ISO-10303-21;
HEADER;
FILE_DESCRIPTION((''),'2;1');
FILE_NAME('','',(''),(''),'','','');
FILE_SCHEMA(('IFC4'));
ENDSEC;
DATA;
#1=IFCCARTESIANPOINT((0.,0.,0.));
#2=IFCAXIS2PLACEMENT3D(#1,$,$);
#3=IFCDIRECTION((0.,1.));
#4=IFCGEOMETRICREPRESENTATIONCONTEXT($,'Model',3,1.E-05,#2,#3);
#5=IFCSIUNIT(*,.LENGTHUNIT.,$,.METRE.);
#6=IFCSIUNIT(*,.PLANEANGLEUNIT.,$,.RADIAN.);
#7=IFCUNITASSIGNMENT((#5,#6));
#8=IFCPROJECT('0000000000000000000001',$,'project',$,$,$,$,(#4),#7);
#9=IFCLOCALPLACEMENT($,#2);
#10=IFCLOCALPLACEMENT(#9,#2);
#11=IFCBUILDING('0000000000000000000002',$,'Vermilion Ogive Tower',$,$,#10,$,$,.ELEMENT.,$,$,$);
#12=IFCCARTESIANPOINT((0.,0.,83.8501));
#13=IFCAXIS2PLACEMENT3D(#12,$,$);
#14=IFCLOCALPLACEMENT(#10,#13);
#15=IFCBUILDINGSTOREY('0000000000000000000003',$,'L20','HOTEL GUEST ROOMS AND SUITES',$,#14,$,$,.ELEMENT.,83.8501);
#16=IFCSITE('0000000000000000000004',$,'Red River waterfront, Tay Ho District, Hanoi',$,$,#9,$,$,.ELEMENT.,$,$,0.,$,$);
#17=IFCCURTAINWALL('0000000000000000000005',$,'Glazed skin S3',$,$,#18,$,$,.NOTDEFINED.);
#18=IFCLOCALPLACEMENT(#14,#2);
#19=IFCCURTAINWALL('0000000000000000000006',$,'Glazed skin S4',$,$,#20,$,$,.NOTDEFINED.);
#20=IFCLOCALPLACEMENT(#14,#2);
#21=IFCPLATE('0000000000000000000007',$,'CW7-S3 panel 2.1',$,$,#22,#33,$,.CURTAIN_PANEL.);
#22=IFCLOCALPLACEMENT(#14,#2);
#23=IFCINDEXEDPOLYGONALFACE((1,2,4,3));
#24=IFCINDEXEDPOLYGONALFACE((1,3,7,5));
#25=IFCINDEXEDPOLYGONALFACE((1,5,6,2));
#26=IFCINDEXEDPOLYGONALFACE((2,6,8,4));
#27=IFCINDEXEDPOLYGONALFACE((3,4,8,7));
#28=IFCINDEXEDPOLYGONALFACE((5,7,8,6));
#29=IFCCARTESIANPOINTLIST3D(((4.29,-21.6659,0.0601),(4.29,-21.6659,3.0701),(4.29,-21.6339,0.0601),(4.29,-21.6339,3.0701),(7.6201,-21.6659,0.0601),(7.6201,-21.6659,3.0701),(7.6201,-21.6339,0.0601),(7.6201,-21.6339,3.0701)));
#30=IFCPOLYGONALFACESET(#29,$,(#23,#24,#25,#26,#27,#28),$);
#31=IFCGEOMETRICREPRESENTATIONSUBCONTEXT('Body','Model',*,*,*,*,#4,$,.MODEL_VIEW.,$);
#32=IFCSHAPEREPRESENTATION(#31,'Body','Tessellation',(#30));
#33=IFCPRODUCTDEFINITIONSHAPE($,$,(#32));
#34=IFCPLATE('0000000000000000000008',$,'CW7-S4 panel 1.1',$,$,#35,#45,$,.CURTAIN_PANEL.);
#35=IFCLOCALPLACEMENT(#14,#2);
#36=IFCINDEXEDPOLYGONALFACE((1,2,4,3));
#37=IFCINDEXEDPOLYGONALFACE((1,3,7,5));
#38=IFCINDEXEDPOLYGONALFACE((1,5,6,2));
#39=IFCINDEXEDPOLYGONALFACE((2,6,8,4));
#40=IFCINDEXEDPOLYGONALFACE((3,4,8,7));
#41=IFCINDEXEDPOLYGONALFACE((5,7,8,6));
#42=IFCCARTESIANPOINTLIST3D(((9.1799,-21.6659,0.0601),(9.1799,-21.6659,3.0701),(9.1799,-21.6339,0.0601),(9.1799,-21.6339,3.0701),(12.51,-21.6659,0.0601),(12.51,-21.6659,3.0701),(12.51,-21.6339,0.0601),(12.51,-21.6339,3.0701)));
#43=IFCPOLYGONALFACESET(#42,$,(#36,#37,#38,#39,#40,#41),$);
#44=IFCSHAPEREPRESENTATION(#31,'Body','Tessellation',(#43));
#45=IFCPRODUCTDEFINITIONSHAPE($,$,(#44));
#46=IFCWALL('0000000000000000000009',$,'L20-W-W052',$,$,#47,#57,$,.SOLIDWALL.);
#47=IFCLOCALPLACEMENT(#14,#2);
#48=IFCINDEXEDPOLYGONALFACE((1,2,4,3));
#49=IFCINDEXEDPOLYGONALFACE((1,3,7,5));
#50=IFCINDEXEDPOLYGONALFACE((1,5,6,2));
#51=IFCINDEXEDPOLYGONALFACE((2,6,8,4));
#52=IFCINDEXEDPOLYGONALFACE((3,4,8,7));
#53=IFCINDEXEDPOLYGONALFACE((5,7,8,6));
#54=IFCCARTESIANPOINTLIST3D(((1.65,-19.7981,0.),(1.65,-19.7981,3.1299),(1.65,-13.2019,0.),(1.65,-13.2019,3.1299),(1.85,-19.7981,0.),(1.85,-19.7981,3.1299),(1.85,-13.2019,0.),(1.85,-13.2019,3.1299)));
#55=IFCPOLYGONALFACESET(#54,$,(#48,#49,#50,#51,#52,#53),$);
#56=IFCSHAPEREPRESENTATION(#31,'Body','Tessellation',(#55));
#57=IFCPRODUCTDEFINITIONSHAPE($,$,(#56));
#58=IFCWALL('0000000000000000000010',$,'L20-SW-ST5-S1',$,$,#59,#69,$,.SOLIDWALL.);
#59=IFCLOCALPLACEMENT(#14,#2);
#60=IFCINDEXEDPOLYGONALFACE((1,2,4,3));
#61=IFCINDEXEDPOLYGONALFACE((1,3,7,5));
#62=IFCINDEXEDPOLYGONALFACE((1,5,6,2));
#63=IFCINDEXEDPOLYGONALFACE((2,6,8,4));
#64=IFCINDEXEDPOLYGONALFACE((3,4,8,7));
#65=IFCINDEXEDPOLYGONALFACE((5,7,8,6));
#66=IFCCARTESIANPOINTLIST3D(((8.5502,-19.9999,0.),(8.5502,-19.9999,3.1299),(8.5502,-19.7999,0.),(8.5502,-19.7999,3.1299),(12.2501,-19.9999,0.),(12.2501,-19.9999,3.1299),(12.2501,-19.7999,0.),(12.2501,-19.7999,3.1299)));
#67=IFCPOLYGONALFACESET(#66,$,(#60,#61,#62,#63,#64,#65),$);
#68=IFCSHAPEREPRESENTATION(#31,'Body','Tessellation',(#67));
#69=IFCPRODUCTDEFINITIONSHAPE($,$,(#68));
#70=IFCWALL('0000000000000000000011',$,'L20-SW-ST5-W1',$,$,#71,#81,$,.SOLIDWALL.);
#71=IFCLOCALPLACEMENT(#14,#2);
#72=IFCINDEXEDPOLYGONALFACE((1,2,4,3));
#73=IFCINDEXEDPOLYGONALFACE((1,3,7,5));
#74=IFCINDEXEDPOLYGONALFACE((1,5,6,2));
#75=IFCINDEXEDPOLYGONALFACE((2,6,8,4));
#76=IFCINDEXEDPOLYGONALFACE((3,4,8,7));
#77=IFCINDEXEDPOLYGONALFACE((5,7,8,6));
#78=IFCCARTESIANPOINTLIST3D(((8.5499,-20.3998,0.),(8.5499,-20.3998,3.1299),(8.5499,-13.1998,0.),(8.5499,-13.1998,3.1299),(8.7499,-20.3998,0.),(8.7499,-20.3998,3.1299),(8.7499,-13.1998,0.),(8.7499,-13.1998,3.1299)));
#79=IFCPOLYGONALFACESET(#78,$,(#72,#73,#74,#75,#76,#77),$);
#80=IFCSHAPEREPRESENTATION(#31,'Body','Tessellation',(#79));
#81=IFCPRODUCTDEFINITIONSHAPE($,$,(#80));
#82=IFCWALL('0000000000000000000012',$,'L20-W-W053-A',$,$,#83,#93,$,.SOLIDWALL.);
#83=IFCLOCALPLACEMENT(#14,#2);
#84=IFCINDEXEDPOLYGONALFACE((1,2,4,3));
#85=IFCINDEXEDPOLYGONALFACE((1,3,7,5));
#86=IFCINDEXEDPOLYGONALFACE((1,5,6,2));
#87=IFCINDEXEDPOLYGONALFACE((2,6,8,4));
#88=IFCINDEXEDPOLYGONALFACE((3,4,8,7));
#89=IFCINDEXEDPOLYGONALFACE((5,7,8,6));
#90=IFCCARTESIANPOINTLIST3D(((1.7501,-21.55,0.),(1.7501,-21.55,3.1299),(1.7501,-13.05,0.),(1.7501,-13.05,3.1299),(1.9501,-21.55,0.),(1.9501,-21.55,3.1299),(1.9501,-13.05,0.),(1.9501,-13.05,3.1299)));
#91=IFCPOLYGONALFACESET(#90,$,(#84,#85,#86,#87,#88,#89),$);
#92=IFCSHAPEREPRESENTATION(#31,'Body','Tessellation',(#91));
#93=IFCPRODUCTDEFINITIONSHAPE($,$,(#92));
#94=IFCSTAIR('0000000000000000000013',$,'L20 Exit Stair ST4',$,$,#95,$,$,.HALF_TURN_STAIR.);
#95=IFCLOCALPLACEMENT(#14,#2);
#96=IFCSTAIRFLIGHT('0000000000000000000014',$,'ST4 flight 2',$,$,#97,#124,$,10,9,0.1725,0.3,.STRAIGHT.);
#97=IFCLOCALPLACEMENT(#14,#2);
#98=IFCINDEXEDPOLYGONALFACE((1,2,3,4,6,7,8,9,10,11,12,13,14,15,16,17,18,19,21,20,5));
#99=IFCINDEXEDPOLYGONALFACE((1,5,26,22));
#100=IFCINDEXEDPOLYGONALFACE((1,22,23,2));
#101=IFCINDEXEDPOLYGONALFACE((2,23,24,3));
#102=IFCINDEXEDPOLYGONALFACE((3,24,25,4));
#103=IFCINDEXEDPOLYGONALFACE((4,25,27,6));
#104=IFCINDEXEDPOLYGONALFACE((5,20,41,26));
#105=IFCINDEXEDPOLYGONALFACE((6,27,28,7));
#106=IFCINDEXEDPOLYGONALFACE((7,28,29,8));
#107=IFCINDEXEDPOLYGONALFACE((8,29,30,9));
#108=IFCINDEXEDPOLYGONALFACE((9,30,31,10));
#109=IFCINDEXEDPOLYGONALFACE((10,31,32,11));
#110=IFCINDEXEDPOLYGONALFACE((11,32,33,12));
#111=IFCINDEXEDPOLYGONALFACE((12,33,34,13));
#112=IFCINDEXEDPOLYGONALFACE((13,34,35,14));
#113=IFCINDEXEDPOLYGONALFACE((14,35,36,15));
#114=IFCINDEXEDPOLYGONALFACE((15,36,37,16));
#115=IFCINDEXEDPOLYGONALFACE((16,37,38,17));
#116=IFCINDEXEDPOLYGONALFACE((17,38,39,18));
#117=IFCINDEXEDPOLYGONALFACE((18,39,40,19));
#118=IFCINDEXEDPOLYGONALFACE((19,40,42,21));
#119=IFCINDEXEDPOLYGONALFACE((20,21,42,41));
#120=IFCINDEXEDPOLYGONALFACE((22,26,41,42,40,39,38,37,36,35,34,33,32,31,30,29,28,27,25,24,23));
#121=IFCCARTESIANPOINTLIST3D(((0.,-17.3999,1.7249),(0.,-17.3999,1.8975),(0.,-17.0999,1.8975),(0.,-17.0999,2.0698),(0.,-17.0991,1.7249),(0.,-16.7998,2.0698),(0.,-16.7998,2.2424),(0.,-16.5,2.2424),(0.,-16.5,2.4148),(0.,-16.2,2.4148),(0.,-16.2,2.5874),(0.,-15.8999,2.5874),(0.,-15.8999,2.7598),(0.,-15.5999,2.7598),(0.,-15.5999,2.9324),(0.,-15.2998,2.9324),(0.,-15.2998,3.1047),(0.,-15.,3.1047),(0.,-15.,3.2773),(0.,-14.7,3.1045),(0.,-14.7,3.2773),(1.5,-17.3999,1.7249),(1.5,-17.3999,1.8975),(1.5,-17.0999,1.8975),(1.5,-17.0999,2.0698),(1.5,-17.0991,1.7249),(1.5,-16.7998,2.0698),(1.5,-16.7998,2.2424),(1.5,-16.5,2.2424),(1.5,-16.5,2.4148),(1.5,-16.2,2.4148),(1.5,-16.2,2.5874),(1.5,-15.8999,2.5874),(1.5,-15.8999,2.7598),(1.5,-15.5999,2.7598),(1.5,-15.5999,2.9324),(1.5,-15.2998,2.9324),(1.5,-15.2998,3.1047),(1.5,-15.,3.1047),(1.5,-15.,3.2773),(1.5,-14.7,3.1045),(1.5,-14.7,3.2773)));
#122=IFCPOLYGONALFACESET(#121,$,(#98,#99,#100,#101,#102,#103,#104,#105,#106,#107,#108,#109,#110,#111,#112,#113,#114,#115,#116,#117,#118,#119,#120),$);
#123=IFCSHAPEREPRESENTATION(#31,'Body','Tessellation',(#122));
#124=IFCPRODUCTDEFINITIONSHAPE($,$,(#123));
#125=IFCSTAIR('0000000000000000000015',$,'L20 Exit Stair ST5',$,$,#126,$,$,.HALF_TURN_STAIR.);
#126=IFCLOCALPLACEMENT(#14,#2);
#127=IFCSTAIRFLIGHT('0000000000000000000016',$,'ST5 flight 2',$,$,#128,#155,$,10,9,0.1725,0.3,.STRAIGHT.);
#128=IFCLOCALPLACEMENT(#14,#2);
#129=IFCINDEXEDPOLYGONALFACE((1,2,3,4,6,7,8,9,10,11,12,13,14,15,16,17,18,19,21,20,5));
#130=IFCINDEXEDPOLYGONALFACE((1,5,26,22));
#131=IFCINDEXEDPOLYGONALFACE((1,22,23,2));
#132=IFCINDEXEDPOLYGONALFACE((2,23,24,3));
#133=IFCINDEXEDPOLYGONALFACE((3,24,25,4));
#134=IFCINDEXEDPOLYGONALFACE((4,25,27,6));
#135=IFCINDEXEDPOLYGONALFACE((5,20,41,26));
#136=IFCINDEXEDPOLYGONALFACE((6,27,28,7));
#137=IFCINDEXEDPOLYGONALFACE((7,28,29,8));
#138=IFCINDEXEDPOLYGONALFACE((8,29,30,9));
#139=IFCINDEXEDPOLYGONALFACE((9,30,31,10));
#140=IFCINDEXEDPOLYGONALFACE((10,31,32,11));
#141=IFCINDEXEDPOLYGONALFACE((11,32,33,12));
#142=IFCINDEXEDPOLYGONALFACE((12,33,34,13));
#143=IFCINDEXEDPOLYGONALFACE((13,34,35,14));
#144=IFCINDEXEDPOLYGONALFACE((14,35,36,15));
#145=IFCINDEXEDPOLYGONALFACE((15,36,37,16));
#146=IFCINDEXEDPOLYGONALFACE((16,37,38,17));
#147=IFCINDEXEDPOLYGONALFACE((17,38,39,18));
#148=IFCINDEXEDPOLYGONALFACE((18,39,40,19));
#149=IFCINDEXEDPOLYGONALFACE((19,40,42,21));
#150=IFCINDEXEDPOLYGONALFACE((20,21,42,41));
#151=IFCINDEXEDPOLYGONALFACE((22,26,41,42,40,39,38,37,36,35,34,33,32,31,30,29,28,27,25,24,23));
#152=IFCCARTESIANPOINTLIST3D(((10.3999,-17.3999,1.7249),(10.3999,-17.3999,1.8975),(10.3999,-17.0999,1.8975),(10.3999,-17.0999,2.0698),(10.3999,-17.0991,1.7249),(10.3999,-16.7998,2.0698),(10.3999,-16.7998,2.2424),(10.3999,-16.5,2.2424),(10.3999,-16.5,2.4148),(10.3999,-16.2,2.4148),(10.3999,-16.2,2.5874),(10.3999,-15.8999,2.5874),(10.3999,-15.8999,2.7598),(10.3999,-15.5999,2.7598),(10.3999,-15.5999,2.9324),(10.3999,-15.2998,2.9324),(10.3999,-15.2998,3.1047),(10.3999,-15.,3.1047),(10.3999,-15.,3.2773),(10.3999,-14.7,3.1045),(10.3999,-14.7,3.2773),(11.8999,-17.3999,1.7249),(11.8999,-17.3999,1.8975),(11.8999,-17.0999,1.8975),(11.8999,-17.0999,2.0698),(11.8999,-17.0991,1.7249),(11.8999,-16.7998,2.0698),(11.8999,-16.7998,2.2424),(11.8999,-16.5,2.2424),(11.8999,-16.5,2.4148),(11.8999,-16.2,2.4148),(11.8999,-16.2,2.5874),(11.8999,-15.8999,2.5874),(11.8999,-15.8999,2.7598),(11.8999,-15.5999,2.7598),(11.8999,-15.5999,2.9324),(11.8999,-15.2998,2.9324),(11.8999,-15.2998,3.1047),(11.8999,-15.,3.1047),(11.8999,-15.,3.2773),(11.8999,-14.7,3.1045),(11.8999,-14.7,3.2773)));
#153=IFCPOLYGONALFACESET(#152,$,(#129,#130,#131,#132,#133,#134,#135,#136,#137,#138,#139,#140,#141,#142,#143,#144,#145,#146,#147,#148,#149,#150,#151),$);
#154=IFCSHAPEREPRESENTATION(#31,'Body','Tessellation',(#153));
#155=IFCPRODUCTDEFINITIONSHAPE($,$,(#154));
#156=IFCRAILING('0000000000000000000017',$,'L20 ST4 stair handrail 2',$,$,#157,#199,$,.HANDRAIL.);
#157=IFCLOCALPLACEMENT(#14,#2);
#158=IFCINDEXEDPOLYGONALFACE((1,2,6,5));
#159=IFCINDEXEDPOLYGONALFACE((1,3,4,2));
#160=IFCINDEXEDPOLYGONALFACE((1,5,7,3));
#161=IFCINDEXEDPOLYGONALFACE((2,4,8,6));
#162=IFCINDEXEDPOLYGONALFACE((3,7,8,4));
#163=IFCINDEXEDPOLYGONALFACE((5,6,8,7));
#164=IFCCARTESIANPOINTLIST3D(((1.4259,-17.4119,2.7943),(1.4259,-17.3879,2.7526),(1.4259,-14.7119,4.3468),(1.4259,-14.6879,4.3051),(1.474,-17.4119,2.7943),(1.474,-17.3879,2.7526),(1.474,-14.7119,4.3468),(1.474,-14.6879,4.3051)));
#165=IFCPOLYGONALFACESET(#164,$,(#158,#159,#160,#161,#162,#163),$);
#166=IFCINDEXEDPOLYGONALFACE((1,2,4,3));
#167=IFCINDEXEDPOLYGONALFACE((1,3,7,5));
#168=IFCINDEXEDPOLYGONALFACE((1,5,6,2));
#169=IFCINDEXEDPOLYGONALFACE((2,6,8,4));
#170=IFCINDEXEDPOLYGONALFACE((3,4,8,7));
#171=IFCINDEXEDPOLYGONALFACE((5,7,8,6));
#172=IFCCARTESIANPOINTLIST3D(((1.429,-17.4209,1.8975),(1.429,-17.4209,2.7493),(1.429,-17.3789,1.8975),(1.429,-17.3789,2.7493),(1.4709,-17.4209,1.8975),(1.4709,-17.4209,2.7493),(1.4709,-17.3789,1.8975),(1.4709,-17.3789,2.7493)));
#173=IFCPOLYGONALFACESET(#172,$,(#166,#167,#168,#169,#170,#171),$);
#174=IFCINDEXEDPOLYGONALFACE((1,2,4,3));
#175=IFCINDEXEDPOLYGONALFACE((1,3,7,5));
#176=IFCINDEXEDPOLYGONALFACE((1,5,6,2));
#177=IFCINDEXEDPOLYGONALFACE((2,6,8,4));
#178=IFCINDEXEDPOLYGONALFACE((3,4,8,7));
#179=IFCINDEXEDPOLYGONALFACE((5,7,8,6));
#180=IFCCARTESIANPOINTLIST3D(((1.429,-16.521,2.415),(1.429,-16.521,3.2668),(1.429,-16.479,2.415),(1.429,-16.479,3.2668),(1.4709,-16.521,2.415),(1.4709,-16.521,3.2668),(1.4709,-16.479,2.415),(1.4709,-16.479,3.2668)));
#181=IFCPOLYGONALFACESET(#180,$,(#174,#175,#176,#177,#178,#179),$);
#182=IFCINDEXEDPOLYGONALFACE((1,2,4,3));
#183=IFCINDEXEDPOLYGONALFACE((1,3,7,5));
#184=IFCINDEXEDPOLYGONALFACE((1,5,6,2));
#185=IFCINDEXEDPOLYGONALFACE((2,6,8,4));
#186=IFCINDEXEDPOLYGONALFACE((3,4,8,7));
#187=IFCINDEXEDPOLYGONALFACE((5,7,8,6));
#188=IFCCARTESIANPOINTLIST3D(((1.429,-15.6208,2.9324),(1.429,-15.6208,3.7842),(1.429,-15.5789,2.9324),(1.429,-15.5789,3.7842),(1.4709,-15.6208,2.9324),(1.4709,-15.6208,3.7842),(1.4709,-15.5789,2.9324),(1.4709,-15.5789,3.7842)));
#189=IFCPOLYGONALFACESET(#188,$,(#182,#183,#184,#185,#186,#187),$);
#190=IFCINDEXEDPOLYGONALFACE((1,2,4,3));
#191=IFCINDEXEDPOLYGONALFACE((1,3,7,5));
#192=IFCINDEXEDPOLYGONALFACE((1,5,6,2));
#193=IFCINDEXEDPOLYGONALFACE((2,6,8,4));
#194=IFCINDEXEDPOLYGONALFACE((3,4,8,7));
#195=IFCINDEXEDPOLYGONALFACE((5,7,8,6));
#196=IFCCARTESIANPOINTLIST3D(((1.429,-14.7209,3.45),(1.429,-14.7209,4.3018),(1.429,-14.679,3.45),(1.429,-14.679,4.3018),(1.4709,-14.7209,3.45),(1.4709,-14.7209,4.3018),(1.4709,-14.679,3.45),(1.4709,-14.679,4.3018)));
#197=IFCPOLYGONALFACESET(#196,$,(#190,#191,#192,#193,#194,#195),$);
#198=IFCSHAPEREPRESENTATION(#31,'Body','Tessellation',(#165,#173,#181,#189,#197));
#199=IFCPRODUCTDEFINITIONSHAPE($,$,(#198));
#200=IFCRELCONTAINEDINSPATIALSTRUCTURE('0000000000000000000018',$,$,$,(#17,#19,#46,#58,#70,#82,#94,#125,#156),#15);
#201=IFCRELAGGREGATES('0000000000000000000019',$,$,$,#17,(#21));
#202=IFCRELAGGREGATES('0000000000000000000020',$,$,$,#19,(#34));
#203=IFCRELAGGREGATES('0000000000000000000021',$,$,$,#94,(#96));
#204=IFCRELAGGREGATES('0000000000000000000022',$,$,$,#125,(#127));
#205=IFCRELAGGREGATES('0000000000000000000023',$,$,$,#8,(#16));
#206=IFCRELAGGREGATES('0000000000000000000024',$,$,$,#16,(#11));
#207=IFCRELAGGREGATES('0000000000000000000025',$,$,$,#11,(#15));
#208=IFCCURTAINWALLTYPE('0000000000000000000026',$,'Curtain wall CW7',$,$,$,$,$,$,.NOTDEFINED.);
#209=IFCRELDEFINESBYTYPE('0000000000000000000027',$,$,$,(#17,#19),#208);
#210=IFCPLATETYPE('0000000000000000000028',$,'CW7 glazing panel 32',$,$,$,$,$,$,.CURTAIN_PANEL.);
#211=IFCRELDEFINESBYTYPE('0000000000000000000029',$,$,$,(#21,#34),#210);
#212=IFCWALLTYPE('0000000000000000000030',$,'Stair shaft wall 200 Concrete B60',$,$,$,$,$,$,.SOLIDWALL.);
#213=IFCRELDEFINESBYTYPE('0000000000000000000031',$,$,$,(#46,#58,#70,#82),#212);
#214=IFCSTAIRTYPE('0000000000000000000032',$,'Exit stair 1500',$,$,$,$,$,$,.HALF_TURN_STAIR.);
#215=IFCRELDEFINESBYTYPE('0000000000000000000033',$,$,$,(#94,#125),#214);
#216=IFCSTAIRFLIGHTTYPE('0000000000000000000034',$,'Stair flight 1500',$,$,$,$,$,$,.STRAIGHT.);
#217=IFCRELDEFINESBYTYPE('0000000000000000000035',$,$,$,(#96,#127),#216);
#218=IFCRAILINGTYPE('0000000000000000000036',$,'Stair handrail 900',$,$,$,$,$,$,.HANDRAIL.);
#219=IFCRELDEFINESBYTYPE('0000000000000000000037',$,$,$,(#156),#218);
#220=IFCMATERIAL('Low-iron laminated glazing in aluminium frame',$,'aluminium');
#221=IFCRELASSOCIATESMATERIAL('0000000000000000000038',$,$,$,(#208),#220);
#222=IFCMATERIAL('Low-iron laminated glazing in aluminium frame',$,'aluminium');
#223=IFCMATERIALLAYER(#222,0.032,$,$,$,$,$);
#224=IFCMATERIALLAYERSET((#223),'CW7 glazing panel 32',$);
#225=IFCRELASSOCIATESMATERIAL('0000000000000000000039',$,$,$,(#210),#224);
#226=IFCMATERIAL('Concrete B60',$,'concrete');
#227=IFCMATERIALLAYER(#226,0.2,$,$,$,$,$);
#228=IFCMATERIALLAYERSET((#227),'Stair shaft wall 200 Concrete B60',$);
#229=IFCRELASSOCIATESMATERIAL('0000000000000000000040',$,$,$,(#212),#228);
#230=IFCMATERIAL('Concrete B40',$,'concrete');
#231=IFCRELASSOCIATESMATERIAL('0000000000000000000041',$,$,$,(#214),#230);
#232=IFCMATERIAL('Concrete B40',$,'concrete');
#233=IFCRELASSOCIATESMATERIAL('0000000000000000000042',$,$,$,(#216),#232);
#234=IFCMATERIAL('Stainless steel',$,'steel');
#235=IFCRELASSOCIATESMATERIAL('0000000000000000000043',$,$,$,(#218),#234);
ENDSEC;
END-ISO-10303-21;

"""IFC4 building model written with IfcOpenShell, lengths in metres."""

from ifc_helpers import new_model, si_unit, direction, frame, frame_2d, origin, origin_2d, place, context, subcontext, project, spatial, polyline, rectangle, outline, extrude, material, layer, layer_set, type_object, element, aggregate, save


model = new_model("IFC4")

# Units and contexts
model_context = context("Model", 3, precision=1e-05, world=origin(), true_north=direction((0.0, 1.0)))
body_context = subcontext(model_context, "Body", "Model", "MODEL_VIEW")
ifc_project = project(units=[si_unit("LENGTHUNIT", "METRE"), si_unit("PLANEANGLEUNIT", "RADIAN")], contexts=[model_context])

# Site, building, storey
site_placement = place(None, origin())
site = spatial("IfcSite", under=ifc_project, at=site_placement, Name="Red River waterfront, Tay Ho District, Hanoi", CompositionType="ELEMENT", RefElevation=0.0)
building_placement = place(site_placement, origin())
building = spatial("IfcBuilding", under=site, at=building_placement, Name="Vermilion Ogive Tower", CompositionType="ELEMENT")
storey_placement = place(building_placement, frame((0.0, 0.0, 83.8501)))
storey = spatial("IfcBuildingStorey", under=building, at=storey_placement, Name="L20", Description="HOTEL GUEST ROOMS AND SUITES", CompositionType="ELEMENT", Elevation=83.8501)

# Curtain wall
ifc_material_1 = material(Name="Low-iron laminated glazing in aluminium frame", Category="aluminium")
curtain_wall_type = type_object("IfcCurtainWallType", Name="Curtain wall CW7", PredefinedType="NOTDEFINED", material=ifc_material_1)
curtain_wall_1_placement = place(storey_placement, origin())
curtain_wall_1 = element("IfcCurtainWall", 1, at=curtain_wall_1_placement, inside=storey, type_object=curtain_wall_type, Name="Glazed skin S3", PredefinedType="NOTDEFINED")

# Curtain wall
curtain_wall_2_placement = place(storey_placement, origin())
curtain_wall_2 = element("IfcCurtainWall", 2, at=curtain_wall_2_placement, inside=storey, type_object=curtain_wall_type, Name="Glazed skin S4", PredefinedType="NOTDEFINED")

# Plates
ifc_material_2 = material(Name="Low-iron laminated glazing in aluminium frame", Category="aluminium")
ifc_layer_1 = layer(ifc_material_2, 0.032)
ifc_layer_set_1 = layer_set([ifc_layer_1], Name="CW7 glazing panel 32")
plate_type = type_object("IfcPlateType", Name="CW7 glazing panel 32", PredefinedType="CURTAIN_PANEL", material=ifc_layer_set_1)
plate_1_placement = place(storey_placement, frame((5.9551, -21.6499, 0.0601), z_axis=(0.0, 0.0, 1.0), x_axis=(1.0, 0.0, 0.0)))
plate_1 = element("IfcPlate", 3, at=plate_1_placement, type_object=plate_type, Name="CW7-S3 panel 2.1", PredefinedType="CURTAIN_PANEL", context=body_context, shape_type="SweptSolid", body=[
    extrude(rectangle(XDim=3.3301, YDim=0.032, at=origin_2d()), origin(), (0.0, 0.0, 1.0), 3.01),
])
aggregate(curtain_wall_1, [plate_1])
plate_2_placement = place(storey_placement, frame((10.845, -21.6499, 0.0601), z_axis=(0.0, 0.0, 1.0), x_axis=(1.0, 0.0, 0.0)))
plate_2 = element("IfcPlate", 4, at=plate_2_placement, type_object=plate_type, Name="CW7-S4 panel 1.1", PredefinedType="CURTAIN_PANEL", context=body_context, shape_type="SweptSolid", body=[
    extrude(rectangle(XDim=3.3301, YDim=0.032, at=origin_2d()), origin(), (0.0, 0.0, 1.0), 3.01),
])
aggregate(curtain_wall_2, [plate_2])

# Walls
ifc_material_3 = material(Name="Concrete B60", Category="concrete")
ifc_layer_2 = layer(ifc_material_3, 0.2)
ifc_layer_set_2 = layer_set([ifc_layer_2], Name="Stair shaft wall 200 Concrete B60")
wall_type = type_object("IfcWallType", Name="Stair shaft wall 200 Concrete B60", PredefinedType="SOLIDWALL", material=ifc_layer_set_2)
wall_1_placement = place(storey_placement, frame((1.75, -19.7981, 0.0), z_axis=(0.0, 0.0, 1.0), x_axis=(0.0, 1.0, 0.0)))
element("IfcWall", 5, at=wall_1_placement, inside=storey, type_object=wall_type, Name="L20-W-W052", PredefinedType="SOLIDWALL", context=body_context, shape_type="SweptSolid", body=[
    extrude(rectangle(XDim=6.5962, YDim=0.2, at=frame_2d((3.2981, 0.0))), origin(), (0.0, 0.0, 1.0), 3.1299),
])
wall_2_placement = place(storey_placement, frame((8.55, -19.8999, 0.0), z_axis=(0.0, 0.0, 1.0), x_axis=(1.0, 0.0, 0.0)))
element("IfcWall", 6, at=wall_2_placement, inside=storey, type_object=wall_type, Name="L20-SW-ST5-S1", PredefinedType="SOLIDWALL", context=body_context, shape_type="SweptSolid", body=[
    extrude(rectangle(XDim=3.7, YDim=0.2, at=frame_2d((1.8501, 0.0))), origin(), (0.0, 0.0, 1.0), 3.1299),
])
wall_3_placement = place(storey_placement, frame((8.6499, -20.3999, 0.0), z_axis=(0.0, 0.0, 1.0), x_axis=(0.0, 1.0, 0.0)))
element("IfcWall", 7, at=wall_3_placement, inside=storey, type_object=wall_type, Name="L20-SW-ST5-W1", PredefinedType="SOLIDWALL", context=body_context, shape_type="SweptSolid", body=[
    extrude(rectangle(XDim=7.2, YDim=0.2, at=frame_2d((3.6001, 0.0))), origin(), (0.0, 0.0, 1.0), 3.1299),
])
wall_4_placement = place(storey_placement, frame((1.8501, -21.55, 0.0), z_axis=(0.0, 0.0, 1.0), x_axis=(0.0, 1.0, 0.0)))
element("IfcWall", 8, at=wall_4_placement, inside=storey, type_object=wall_type, Name="L20-W-W053-A", PredefinedType="SOLIDWALL", context=body_context, shape_type="SweptSolid", body=[
    extrude(rectangle(XDim=8.5, YDim=0.2, at=frame_2d((4.25, 0.0))), origin(), (0.0, 0.0, 1.0), 3.1299),
])

# Stairs, stair flights
ifc_material_4 = material(Name="Concrete B40", Category="concrete")
stair_type = type_object("IfcStairType", Name="Exit stair 1500", PredefinedType="HALF_TURN_STAIR", material=ifc_material_4)
stair_1_placement = place(storey_placement, origin())
stair_1 = element("IfcStair", 9, at=stair_1_placement, inside=storey, type_object=stair_type, Name="L20 Exit Stair ST4", PredefinedType="HALF_TURN_STAIR")
ifc_material_5 = material(Name="Concrete B40", Category="concrete")
stair_flight_type = type_object("IfcStairFlightType", Name="Stair flight 1500", PredefinedType="STRAIGHT", material=ifc_material_5)
stair_flight_1_placement = place(storey_placement, frame((0.75, -17.3999, 1.7249), z_axis=(0.0, 0.0, 1.0), x_axis=(0.0, 1.0, 0.0)))
stair_flight_1 = element("IfcStairFlight", 10, at=stair_flight_1_placement, type_object=stair_flight_type, Name="ST4 flight 2", NumberOfRisers=10, NumberOfTreads=9, PredefinedType="STRAIGHT", RiserHeight=0.1725, TreadLength=0.3, context=body_context, shape_type="SweptSolid", body=[
    extrude(outline(polyline([(0.0, 0.0), (0.0, 0.1726), (0.3, 0.1726), (0.3, 0.345), (0.6001, 0.345), (0.6001, 0.5176), (0.8999, 0.5176), (0.8999, 0.6899), (1.2, 0.6899), (1.2, 0.8625), (1.5, 0.8625), (1.5, 1.0349), (1.8, 1.0349), (1.8, 1.2075), (2.1001, 1.2075), (2.1001, 1.3799), (2.3999, 1.3799), (2.3999, 1.5525), (2.7, 1.5525), (2.7, 1.7251), (2.7, 1.3796), (0.3008, 0.0), (0.0, 0.0)])), frame((0.0, 0.75, 0.0), z_axis=(0.0, -1.0, 0.0), x_axis=(1.0, 0.0, 0.0)), (0.0, 0.0, 1.0), 1.5),
])
aggregate(stair_1, [stair_flight_1])
stair_2_placement = place(storey_placement, origin())
stair_2 = element("IfcStair", 11, at=stair_2_placement, inside=storey, type_object=stair_type, Name="L20 Exit Stair ST5", PredefinedType="HALF_TURN_STAIR")
stair_flight_2_placement = place(storey_placement, frame((11.1499, -17.3999, 1.7249), z_axis=(0.0, 0.0, 1.0), x_axis=(0.0, 1.0, 0.0)))
stair_flight_2 = element("IfcStairFlight", 12, at=stair_flight_2_placement, type_object=stair_flight_type, Name="ST5 flight 2", NumberOfRisers=10, NumberOfTreads=9, PredefinedType="STRAIGHT", RiserHeight=0.1725, TreadLength=0.3, context=body_context, shape_type="SweptSolid", body=[
    extrude(outline(polyline([(0.0, 0.0), (0.0, 0.1726), (0.3, 0.1726), (0.3, 0.345), (0.6001, 0.345), (0.6001, 0.5176), (0.8999, 0.5176), (0.8999, 0.6899), (1.2, 0.6899), (1.2, 0.8625), (1.5, 0.8625), (1.5, 1.0349), (1.8, 1.0349), (1.8, 1.2075), (2.1001, 1.2075), (2.1001, 1.3799), (2.3999, 1.3799), (2.3999, 1.5525), (2.7, 1.5525), (2.7, 1.7251), (2.7, 1.3796), (0.3008, 0.0), (0.0, 0.0)])), frame((0.0, 0.75, 0.0), z_axis=(0.0, -1.0, 0.0), x_axis=(1.0, 0.0, 0.0)), (0.0, 0.0, 1.0), 1.5),
])
aggregate(stair_2, [stair_flight_2])

# Railing
ifc_material_6 = material(Name="Stainless steel", Category="steel")
railing_type = type_object("IfcRailingType", Name="Stair handrail 900", PredefinedType="HANDRAIL", material=ifc_material_6)
railing_placement = place(storey_placement, frame((1.45, -17.3999, 1.8975)))
element("IfcRailing", 13, at=railing_placement, inside=storey, type_object=railing_type, Name="L20 ST4 stair handrail 2", PredefinedType="HANDRAIL", context=body_context, shape_type="SweptSolid", body=[
    extrude(rectangle(XDim=0.0481, YDim=0.0481, at=origin_2d()), frame((0.0, 0.0, 0.876), z_axis=(0.0, 0.866904, 0.498476), x_axis=(-1.0, 0.0, 0.0)), (0.0, 0.0, 1.0), 3.1145),
    extrude(rectangle(XDim=0.042, YDim=0.042, at=origin_2d()), origin(), (0.0, 0.0, 1.0), 0.8518),
    extrude(rectangle(XDim=0.042, YDim=0.042, at=origin_2d()), frame((0.0, 0.8999, 0.5176)), (0.0, 0.0, 1.0), 0.8518),
    extrude(rectangle(XDim=0.042, YDim=0.042, at=origin_2d()), frame((0.0, 1.8, 1.0349)), (0.0, 0.0, 1.0), 0.8518),
    extrude(rectangle(XDim=0.042, YDim=0.042, at=origin_2d()), frame((0.0, 2.7, 1.5525)), (0.0, 0.0, 1.0), 0.8518),
])

save(model, "model.ifc")
